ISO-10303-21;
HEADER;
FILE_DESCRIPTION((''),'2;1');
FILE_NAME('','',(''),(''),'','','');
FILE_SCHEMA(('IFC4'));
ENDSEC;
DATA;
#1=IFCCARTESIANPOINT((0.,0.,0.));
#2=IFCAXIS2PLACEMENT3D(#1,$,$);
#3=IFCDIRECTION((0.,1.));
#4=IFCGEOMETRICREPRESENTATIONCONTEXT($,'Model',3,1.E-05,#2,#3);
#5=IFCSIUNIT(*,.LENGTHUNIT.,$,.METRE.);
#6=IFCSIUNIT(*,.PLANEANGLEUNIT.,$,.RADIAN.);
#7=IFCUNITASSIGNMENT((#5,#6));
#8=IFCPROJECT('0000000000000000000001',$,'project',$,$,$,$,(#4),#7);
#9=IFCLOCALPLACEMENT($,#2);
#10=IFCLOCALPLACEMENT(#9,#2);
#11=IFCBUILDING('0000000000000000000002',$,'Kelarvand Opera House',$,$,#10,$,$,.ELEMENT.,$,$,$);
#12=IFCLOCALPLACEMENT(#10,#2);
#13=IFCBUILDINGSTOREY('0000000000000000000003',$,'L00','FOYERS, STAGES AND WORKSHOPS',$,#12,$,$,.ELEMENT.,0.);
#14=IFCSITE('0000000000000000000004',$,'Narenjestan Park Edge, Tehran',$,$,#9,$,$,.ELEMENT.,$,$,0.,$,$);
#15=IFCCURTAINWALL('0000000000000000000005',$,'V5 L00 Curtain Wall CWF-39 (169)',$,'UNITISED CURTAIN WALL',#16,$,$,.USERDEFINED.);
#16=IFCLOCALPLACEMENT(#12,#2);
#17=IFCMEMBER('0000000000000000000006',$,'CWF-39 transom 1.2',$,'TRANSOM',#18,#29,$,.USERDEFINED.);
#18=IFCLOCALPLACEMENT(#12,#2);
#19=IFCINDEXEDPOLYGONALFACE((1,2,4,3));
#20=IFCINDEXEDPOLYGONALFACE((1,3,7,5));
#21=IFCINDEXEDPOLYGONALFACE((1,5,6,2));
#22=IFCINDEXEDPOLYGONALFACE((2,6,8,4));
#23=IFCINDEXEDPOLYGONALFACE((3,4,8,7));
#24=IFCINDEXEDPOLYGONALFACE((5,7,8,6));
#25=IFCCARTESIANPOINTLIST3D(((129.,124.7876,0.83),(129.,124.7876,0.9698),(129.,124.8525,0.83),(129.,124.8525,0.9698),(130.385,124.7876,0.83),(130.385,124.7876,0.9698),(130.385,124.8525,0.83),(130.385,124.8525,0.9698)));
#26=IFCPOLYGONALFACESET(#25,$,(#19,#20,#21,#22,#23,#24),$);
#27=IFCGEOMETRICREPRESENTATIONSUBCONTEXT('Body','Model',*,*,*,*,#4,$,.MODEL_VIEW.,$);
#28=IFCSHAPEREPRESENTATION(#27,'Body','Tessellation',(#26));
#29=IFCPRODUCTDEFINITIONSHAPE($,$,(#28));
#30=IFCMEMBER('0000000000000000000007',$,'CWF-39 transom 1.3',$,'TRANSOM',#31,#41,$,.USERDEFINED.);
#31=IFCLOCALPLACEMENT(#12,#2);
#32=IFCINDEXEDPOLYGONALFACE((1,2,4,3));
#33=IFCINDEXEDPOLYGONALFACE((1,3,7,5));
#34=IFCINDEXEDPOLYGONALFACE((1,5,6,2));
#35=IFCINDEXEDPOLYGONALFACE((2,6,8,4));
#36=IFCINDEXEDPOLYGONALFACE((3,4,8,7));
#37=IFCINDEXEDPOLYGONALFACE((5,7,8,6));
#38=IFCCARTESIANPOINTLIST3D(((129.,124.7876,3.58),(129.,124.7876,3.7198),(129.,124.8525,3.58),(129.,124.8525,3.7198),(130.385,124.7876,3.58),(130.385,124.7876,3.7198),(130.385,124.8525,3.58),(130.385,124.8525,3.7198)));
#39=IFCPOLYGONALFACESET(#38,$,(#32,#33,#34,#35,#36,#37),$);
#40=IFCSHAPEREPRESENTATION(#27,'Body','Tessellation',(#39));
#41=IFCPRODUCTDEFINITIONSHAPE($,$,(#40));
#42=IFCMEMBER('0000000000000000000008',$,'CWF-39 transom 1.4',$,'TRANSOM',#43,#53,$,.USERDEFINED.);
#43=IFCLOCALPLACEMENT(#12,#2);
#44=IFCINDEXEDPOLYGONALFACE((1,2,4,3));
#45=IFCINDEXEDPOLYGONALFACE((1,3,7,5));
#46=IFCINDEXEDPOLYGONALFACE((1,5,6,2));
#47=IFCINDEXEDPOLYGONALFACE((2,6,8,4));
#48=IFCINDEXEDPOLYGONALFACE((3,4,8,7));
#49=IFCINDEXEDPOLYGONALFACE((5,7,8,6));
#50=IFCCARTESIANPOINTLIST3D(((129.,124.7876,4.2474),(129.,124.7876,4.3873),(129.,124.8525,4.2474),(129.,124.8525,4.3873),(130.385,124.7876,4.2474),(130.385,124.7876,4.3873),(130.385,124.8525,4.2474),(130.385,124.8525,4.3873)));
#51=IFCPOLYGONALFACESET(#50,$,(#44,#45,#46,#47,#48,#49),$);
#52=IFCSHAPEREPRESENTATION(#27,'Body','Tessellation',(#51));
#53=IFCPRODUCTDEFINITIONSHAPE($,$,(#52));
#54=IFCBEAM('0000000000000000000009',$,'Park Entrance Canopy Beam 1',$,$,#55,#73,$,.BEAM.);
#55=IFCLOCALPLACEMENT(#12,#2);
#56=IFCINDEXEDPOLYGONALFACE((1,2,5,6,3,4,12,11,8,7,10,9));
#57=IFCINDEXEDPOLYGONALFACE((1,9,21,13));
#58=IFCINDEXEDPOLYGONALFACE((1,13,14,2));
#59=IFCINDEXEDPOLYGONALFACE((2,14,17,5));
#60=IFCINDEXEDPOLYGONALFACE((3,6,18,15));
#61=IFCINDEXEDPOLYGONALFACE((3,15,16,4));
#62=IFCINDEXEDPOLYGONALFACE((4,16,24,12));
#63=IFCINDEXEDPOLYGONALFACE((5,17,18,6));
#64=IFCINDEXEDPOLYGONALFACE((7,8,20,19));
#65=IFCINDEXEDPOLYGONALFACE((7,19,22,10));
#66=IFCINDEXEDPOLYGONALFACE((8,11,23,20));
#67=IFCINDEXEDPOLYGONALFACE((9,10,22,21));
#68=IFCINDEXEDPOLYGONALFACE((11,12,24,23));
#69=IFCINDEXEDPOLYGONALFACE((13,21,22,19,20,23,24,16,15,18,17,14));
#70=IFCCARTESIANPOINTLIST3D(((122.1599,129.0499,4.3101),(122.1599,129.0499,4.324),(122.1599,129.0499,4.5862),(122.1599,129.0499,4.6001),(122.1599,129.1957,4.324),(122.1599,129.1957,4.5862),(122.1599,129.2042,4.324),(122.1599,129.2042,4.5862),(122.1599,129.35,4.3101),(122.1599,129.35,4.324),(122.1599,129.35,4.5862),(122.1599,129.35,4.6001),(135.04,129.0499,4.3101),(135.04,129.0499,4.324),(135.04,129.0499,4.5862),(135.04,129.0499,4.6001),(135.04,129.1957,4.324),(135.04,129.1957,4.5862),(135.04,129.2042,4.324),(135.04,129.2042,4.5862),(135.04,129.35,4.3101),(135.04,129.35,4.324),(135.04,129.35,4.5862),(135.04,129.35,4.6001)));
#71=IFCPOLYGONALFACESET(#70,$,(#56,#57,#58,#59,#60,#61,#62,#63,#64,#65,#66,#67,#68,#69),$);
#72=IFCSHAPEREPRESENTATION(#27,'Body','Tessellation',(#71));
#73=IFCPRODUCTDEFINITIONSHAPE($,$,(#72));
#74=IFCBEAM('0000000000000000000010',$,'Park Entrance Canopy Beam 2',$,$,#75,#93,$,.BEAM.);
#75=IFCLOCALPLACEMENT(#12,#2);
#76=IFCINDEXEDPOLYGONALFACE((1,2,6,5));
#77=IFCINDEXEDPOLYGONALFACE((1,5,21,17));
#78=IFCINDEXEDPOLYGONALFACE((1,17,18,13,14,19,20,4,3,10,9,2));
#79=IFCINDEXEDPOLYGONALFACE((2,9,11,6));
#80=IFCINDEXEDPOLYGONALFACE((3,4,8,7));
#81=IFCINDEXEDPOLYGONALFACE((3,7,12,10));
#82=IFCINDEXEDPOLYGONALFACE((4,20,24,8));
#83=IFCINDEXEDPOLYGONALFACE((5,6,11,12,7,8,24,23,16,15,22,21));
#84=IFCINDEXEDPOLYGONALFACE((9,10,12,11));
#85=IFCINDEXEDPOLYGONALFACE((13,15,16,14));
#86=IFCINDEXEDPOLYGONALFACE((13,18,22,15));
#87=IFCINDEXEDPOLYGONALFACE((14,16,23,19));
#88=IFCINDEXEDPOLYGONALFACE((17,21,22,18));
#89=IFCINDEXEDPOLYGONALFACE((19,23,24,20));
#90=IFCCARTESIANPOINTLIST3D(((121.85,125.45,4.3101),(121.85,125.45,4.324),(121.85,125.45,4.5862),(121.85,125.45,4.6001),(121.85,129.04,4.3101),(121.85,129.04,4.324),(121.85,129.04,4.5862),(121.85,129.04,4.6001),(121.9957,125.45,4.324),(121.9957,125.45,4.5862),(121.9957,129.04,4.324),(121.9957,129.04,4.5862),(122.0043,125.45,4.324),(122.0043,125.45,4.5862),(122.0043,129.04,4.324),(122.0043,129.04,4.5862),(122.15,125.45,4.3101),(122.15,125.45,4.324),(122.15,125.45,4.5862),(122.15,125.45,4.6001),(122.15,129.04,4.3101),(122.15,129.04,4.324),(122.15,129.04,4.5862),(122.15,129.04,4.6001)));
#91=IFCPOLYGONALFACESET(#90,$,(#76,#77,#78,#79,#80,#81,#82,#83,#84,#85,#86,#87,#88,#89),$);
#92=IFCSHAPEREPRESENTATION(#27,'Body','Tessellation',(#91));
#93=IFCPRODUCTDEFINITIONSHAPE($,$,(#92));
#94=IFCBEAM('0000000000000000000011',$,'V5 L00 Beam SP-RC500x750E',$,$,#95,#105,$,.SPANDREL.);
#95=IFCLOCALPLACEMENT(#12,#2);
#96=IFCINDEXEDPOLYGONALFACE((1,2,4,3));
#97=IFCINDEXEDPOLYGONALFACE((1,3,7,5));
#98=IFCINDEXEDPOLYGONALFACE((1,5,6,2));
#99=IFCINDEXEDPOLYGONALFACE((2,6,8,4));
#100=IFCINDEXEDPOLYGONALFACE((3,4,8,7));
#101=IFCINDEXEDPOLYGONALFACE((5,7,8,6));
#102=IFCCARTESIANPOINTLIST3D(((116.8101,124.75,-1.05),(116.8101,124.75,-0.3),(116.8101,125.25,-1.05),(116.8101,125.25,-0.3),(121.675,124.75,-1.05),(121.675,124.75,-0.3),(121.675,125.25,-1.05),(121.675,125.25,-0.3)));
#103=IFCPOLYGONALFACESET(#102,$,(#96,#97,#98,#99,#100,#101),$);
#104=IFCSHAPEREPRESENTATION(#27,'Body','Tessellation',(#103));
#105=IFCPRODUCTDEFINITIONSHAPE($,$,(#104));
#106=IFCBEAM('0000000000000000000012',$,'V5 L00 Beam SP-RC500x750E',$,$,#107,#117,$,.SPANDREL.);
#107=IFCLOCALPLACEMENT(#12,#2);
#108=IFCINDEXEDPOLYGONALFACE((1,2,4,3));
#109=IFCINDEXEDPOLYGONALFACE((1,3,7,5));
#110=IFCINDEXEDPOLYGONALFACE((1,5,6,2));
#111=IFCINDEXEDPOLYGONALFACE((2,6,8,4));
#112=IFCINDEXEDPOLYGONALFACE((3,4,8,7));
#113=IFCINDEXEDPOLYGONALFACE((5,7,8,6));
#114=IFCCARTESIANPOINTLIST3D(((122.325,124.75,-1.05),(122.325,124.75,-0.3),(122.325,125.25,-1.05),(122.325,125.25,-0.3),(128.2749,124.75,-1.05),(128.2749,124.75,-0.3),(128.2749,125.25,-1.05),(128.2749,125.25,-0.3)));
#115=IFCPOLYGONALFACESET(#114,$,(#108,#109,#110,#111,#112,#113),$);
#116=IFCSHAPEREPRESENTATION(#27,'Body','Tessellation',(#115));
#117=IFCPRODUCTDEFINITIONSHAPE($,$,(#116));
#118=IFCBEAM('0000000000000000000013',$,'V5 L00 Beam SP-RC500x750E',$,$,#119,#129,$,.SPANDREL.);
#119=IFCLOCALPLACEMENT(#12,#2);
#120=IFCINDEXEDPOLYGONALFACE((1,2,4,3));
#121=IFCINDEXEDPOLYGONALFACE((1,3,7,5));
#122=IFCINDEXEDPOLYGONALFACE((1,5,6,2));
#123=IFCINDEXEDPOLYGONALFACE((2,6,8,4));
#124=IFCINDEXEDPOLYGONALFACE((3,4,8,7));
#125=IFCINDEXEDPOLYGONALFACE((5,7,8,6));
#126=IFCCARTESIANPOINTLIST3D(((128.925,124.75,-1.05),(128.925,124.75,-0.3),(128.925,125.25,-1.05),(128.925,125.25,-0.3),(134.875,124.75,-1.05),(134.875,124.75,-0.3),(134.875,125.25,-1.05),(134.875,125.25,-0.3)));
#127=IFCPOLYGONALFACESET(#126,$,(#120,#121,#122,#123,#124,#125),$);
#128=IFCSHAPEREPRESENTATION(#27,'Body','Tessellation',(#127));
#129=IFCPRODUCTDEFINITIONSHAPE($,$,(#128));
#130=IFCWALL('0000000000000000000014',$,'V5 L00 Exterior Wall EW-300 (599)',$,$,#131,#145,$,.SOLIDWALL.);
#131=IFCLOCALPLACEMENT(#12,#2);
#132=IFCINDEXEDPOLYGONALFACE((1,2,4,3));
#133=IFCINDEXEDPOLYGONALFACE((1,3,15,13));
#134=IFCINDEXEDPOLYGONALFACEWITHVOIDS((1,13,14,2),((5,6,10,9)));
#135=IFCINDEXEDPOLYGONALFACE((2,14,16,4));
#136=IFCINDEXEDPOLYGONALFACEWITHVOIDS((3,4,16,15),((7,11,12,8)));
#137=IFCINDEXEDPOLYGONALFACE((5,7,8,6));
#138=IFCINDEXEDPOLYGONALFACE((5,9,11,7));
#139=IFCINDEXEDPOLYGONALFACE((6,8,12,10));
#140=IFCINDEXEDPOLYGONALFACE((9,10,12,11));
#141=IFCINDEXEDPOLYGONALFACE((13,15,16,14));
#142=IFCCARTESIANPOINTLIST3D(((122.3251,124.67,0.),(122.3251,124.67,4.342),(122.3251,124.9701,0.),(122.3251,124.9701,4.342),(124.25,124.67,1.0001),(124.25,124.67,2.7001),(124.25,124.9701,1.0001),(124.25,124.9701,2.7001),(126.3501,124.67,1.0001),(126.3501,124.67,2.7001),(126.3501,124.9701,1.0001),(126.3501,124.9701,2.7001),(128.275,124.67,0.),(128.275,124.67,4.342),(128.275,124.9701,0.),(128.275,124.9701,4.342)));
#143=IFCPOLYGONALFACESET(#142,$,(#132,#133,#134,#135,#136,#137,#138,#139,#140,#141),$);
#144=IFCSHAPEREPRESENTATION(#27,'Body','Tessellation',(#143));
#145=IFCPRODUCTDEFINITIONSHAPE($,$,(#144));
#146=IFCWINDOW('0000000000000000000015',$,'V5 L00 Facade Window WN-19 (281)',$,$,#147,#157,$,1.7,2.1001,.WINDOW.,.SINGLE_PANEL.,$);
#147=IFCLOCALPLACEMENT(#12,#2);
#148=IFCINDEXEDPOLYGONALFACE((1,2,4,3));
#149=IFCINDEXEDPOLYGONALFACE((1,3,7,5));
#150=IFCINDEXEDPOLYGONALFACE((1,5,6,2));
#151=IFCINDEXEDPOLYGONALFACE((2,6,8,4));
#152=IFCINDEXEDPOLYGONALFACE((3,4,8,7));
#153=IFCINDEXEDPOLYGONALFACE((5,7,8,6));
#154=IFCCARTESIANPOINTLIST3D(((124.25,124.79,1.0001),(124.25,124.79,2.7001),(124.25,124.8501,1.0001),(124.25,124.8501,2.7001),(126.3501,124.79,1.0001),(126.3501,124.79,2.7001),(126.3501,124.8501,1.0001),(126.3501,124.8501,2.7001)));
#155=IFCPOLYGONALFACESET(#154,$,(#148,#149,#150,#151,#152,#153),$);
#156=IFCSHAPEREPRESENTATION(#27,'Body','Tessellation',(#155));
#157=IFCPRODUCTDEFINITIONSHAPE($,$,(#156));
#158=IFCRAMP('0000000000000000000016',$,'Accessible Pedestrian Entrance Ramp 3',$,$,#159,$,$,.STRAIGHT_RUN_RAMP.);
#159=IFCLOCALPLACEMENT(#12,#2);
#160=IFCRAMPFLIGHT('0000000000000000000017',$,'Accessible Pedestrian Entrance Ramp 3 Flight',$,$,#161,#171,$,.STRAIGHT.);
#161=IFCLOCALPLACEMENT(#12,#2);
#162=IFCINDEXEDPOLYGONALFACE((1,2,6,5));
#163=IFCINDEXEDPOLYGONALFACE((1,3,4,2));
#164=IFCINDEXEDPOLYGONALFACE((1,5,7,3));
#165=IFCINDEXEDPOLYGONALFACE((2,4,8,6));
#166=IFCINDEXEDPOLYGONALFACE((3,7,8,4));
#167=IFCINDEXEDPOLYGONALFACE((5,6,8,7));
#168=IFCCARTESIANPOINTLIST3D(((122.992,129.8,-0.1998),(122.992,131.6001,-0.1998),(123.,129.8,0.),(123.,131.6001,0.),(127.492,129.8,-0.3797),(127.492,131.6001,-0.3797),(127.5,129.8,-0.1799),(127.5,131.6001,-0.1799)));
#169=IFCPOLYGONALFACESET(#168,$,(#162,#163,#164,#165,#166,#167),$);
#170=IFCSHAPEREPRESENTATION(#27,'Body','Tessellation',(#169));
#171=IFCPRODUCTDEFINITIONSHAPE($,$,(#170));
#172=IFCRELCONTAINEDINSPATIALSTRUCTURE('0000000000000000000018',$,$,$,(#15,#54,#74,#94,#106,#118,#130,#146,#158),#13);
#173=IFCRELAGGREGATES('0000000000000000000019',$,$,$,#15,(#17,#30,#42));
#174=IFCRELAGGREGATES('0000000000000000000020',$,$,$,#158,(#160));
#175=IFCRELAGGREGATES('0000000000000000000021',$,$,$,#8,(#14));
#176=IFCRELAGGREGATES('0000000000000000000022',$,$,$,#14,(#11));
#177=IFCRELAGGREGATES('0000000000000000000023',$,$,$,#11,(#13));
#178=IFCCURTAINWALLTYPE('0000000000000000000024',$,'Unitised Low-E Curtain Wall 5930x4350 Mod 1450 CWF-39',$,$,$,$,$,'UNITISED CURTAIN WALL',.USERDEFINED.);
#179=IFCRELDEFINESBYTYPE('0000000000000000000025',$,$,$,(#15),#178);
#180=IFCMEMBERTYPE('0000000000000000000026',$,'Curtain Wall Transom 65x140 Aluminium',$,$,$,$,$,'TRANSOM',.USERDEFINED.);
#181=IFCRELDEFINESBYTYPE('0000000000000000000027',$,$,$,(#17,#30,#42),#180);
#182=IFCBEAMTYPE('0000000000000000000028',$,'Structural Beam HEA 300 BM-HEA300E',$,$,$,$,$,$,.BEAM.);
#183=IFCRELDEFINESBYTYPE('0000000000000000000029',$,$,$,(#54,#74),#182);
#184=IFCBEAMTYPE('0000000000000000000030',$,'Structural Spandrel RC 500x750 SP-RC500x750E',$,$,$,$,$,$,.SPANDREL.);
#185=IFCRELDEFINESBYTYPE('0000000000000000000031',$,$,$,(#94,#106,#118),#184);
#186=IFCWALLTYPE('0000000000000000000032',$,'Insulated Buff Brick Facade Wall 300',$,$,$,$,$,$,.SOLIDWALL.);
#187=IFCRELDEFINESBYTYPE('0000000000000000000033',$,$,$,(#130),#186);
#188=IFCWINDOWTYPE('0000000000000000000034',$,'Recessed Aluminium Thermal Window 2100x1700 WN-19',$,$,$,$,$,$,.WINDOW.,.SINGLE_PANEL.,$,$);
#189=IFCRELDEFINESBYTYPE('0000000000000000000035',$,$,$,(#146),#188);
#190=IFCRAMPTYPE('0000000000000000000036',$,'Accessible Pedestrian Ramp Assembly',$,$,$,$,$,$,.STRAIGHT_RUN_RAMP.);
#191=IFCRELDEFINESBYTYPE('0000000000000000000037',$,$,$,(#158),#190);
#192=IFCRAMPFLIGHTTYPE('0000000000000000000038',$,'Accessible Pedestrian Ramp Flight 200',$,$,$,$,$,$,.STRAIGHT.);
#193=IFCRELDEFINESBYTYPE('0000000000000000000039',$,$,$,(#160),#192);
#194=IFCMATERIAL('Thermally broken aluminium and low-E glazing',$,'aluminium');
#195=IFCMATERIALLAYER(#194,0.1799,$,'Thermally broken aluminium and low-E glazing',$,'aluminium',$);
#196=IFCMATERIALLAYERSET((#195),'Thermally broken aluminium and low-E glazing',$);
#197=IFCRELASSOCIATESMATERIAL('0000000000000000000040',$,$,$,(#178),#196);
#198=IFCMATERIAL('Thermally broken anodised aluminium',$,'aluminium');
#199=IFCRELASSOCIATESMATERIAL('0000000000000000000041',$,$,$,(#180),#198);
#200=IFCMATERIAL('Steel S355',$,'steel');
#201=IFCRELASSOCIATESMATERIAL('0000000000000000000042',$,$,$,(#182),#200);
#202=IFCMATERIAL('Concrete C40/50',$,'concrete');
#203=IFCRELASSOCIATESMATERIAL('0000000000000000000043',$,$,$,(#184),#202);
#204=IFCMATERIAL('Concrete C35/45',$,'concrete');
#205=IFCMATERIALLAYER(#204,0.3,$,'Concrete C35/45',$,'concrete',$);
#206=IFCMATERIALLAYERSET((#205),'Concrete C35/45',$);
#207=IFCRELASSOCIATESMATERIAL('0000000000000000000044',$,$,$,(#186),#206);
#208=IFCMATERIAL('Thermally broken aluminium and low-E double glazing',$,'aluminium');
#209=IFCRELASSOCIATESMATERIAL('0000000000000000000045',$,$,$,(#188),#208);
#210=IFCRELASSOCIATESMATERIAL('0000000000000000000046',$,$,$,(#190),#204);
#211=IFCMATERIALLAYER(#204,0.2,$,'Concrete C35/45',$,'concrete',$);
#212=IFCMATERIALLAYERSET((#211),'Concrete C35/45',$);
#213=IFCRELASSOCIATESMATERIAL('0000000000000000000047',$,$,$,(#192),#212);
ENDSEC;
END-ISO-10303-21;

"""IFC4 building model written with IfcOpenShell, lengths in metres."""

from ifc_helpers import new_model, si_unit, direction, frame, frame_2d, origin, origin_2d, place, context, subcontext, project, spatial, polyline, rectangle, i_section, outline, extrude, material, layer, layer_set, material_profile, profile_set, type_object, element, fill, aggregate, save


model = new_model("IFC4")

# Units and contexts
model_context = context("Model", 3, precision=1e-05, world=origin(), true_north=direction((0.0, 1.0)))
body_context = subcontext(model_context, "Body", "Model", "MODEL_VIEW")
ifc_project = project(units=[si_unit("LENGTHUNIT", "METRE"), si_unit("PLANEANGLEUNIT", "RADIAN")], contexts=[model_context])

# Site, building, storey
site_placement = place(None, origin())
site = spatial("IfcSite", under=ifc_project, at=site_placement, Name="Narenjestan Park Edge, Tehran", CompositionType="ELEMENT", RefElevation=0.0)
building_placement = place(site_placement, origin())
building = spatial("IfcBuilding", under=site, at=building_placement, Name="Kelarvand Opera House", CompositionType="ELEMENT")
storey_placement = place(building_placement, origin())
storey = spatial("IfcBuildingStorey", under=building, at=storey_placement, Name="L00", Description="FOYERS, STAGES AND WORKSHOPS", CompositionType="ELEMENT", Elevation=0.0)

# Shared definitions
ifc_material_1 = material(Name="Concrete C40/50", Category="concrete")

# Shared definitions
ifc_material_2 = material(Name="Steel S355", Category="steel")

# Curtain wall, members
ifc_material_3 = material(Name="Thermally broken aluminium and low-E glazing", Category="aluminium")
ifc_layer_1 = layer(ifc_material_3, 0.1799, Name="Thermally broken aluminium and low-E glazing", Category="aluminium")
ifc_layer_set_1 = layer_set([ifc_layer_1], Name="Thermally broken aluminium and low-E glazing")
curtain_wall_type = type_object("IfcCurtainWallType", Name="Unitised Low-E Curtain Wall 5930x4350 Mod 1450 CWF-39", ElementType="UNITISED CURTAIN WALL", PredefinedType="USERDEFINED", material=ifc_layer_set_1)
curtain_wall_placement = place(storey_placement, origin())
curtain_wall = element("IfcCurtainWall", 1, at=curtain_wall_placement, inside=storey, type_object=curtain_wall_type, Name="V5 L00 Curtain Wall CWF-39 (169)", ObjectType="UNITISED CURTAIN WALL", PredefinedType="USERDEFINED")
ifc_material_4 = material(Name="Thermally broken anodised aluminium", Category="aluminium")
ifc_material_profile_1 = material_profile(ifc_material_4, rectangle(XDim=0.0649, YDim=0.1399, at=origin_2d()), Name="ALU TRANSOM 65x140", Category="aluminium")
ifc_profile_set_1 = profile_set([ifc_material_profile_1], Name="Thermally broken anodised aluminium")
member_type_1 = type_object("IfcMemberType", Name="Curtain Wall Transom 65x140 Aluminium", ElementType="TRANSOM", PredefinedType="USERDEFINED", material=ifc_profile_set_1)
member_1_placement = place(storey_placement, frame((129.0, 124.8201, 0.8999), z_axis=(1.0, 0.0, 0.0), x_axis=(0.0, 1.0, 0.0)))
member_1 = element("IfcMember", 2, at=member_1_placement, type_object=member_type_1, Name="CWF-39 transom 1.2", ObjectType="TRANSOM", PredefinedType="USERDEFINED", context=body_context, shape_type="SweptSolid", body=[
    extrude(rectangle(XDim=0.0649, YDim=0.1399, at=origin_2d()), origin(), (0.0, 0.0, 1.0), 1.385),
])
member_2_placement = place(storey_placement, frame((129.0, 124.8201, 3.6499), z_axis=(1.0, 0.0, 0.0), x_axis=(0.0, 1.0, 0.0)))
member_2 = element("IfcMember", 3, at=member_2_placement, type_object=member_type_1, Name="CWF-39 transom 1.3", ObjectType="TRANSOM", PredefinedType="USERDEFINED", context=body_context, shape_type="SweptSolid", body=[
    extrude(rectangle(XDim=0.0649, YDim=0.1399, at=origin_2d()), origin(), (0.0, 0.0, 1.0), 1.385),
])
member_3_placement = place(storey_placement, frame((129.0, 124.8201, 4.3174), z_axis=(1.0, 0.0, 0.0), x_axis=(0.0, 1.0, 0.0)))
member_3 = element("IfcMember", 4, at=member_3_placement, type_object=member_type_1, Name="CWF-39 transom 1.4", ObjectType="TRANSOM", PredefinedType="USERDEFINED", context=body_context, shape_type="SweptSolid", body=[
    extrude(rectangle(XDim=0.0649, YDim=0.1399, at=origin_2d()), origin(), (0.0, 0.0, 1.0), 1.385),
])
aggregate(curtain_wall, [member_1, member_2, member_3])

# Beams
ifc_material_profile_2 = material_profile(ifc_material_2, i_section(OverallWidth=0.3, OverallDepth=0.29, WebThickness=0.0085, FlangeThickness=0.0139, at=origin_2d()), Name="HEA 300", Category="steel")
ifc_profile_set_2 = profile_set([ifc_material_profile_2], Name="Steel S355")
beam_type_1 = type_object("IfcBeamType", Name="Structural Beam HEA 300 BM-HEA300E", PredefinedType="BEAM", material=ifc_profile_set_2)
beam_1_placement = place(storey_placement, frame((122.1599, 129.2, 4.4551), z_axis=(1.0, 0.0, 0.0), x_axis=(0.0, 1.0, 0.0)))
element("IfcBeam", 5, at=beam_1_placement, inside=storey, type_object=beam_type_1, Name="Park Entrance Canopy Beam 1", PredefinedType="BEAM", context=body_context, shape_type="SweptSolid", body=[
    extrude(i_section(OverallWidth=0.3, OverallDepth=0.29, WebThickness=0.0085, FlangeThickness=0.0139, at=origin_2d()), origin(), (0.0, 0.0, 1.0), 12.8801),
])
beam_2_placement = place(storey_placement, frame((122.0, 125.45, 4.4551), z_axis=(0.0, 1.0, 0.0), x_axis=(-1.0, 0.0, 0.0)))
element("IfcBeam", 6, at=beam_2_placement, inside=storey, type_object=beam_type_1, Name="Park Entrance Canopy Beam 2", PredefinedType="BEAM", context=body_context, shape_type="SweptSolid", body=[
    extrude(i_section(OverallWidth=0.3, OverallDepth=0.29, WebThickness=0.0085, FlangeThickness=0.0139, at=origin_2d()), origin(), (0.0, 0.0, 1.0), 3.5901),
])
ifc_material_profile_3 = material_profile(ifc_material_1, rectangle(XDim=0.5, YDim=0.75, at=origin_2d()), Name="RC 500x750", Category="concrete")
ifc_profile_set_3 = profile_set([ifc_material_profile_3], Name="Concrete C40/50")
beam_type_2 = type_object("IfcBeamType", Name="Structural Spandrel RC 500x750 SP-RC500x750E", PredefinedType="SPANDREL", material=ifc_profile_set_3)
beam_3_placement = place(storey_placement, frame((116.8101, 125.0, -0.675), z_axis=(1.0, 0.0, 0.0), x_axis=(0.0, 1.0, 0.0)))
element("IfcBeam", 7, at=beam_3_placement, inside=storey, type_object=beam_type_2, Name="V5 L00 Beam SP-RC500x750E", PredefinedType="SPANDREL", context=body_context, shape_type="SweptSolid", body=[
    extrude(rectangle(XDim=0.5, YDim=0.75, at=origin_2d()), origin(), (0.0, 0.0, 1.0), 4.865),
])
for number, where, z_axis, x_axis, name in (
    (8, (122.325, 125.0, -0.675), (1.0, 0.0, 0.0), (0.0, 1.0, 0.0), "V5 L00 Beam SP-RC500x750E"),
    (9, (128.925, 125.0, -0.675), (1.0, 0.0, 0.0), (0.0, 1.0, 0.0), "V5 L00 Beam SP-RC500x750E"),
):
    element("IfcBeam", number, at=place(storey_placement, frame(where, z_axis=z_axis, x_axis=x_axis)), inside=storey, type_object=beam_type_2, Name=name, PredefinedType="SPANDREL", context=body_context, shape_type="SweptSolid", body=[
        extrude(rectangle(XDim=0.5, YDim=0.75, at=origin_2d()), origin(), (0.0, 0.0, 1.0), 5.95),
    ])

# Shared definitions
ifc_material_5 = material(Name="Concrete C35/45", Category="concrete")
ifc_layer_2 = layer(ifc_material_5, 0.3, Name="Concrete C35/45", Category="concrete")
ifc_layer_set_2 = layer_set([ifc_layer_2], Name="Concrete C35/45")
wall_type = type_object("IfcWallType", Name="Insulated Buff Brick Facade Wall 300", PredefinedType="SOLIDWALL", material=ifc_layer_set_2)

# Wall, opening, window
wall_1_placement = place(storey_placement, frame((122.325, 124.8201, 0.0), z_axis=(0.0, 0.0, 1.0), x_axis=(1.0, 0.0, 0.0)))
wall_1 = element("IfcWall", 10, at=wall_1_placement, inside=storey, type_object=wall_type, Name="V5 L00 Exterior Wall EW-300 (599)", PredefinedType="SOLIDWALL", context=body_context, shape_type="SweptSolid", body=[
    extrude(rectangle(XDim=5.95, YDim=0.3, at=frame_2d((2.9751, 0.0))), origin(), (0.0, 0.0, 1.0), 4.342),
])
opening_1_placement = place(wall_1_placement, frame((1.925, 0.0, 1.0)))
opening_1 = element("IfcOpeningElement", 11, at=opening_1_placement, cuts=wall_1, PredefinedType="OPENING", context=body_context, shape_type="SweptSolid", body=[
    extrude(rectangle(XDim=2.1001, YDim=1.7, at=frame_2d((1.05, 0.8501))), frame((0.0, 0.1602, 0.0), z_axis=(0.0, -1.0, 0.0), x_axis=(1.0, 0.0, 0.0)), (0.0, 0.0, 1.0), 0.3201),
])
ifc_material_6 = material(Name="Thermally broken aluminium and low-E double glazing", Category="aluminium")
window_type = type_object("IfcWindowType", Name="Recessed Aluminium Thermal Window 2100x1700 WN-19", PartitioningType="SINGLE_PANEL", PredefinedType="WINDOW", material=ifc_material_6)
window_placement = place(opening_1_placement, origin())
window = element("IfcWindow", 12, at=window_placement, inside=storey, type_object=window_type, Name="V5 L00 Facade Window WN-19 (281)", OverallHeight=1.7, OverallWidth=2.1001, PartitioningType="SINGLE_PANEL", PredefinedType="WINDOW", context=body_context, shape_type="SweptSolid", body=[
    extrude(rectangle(XDim=2.1001, YDim=1.7, at=frame_2d((1.05, 0.8501))), frame((0.0, 0.03, 0.0), z_axis=(0.0, -1.0, 0.0), x_axis=(1.0, 0.0, 0.0)), (0.0, 0.0, 1.0), 0.0601),
])
fill(opening_1, window)

# Ramp, ramp flight
ramp_type = type_object("IfcRampType", Name="Accessible Pedestrian Ramp Assembly", PredefinedType="STRAIGHT_RUN_RAMP", material=ifc_material_5)
ramp_placement = place(storey_placement, origin())
ramp = element("IfcRamp", 13, at=ramp_placement, inside=storey, type_object=ramp_type, Name="Accessible Pedestrian Entrance Ramp 3", PredefinedType="STRAIGHT_RUN_RAMP")
ifc_layer_3 = layer(ifc_material_5, 0.2, Name="Concrete C35/45", Category="concrete")
ifc_layer_set_3 = layer_set([ifc_layer_3], Name="Concrete C35/45")
ramp_flight_type = type_object("IfcRampFlightType", Name="Accessible Pedestrian Ramp Flight 200", PredefinedType="STRAIGHT", material=ifc_layer_set_3)
ramp_flight_placement = place(storey_placement, frame((123.0, 129.8, 0.0), z_axis=(0.039953, 0.0, 0.999202), x_axis=(0.999202, 0.0, -0.039953)))
ramp_flight = element("IfcRampFlight", 14, at=ramp_flight_placement, type_object=ramp_flight_type, Name="Accessible Pedestrian Entrance Ramp 3 Flight", PredefinedType="STRAIGHT", context=body_context, shape_type="SweptSolid", body=[
    extrude(outline(polyline([(0.0, 0.0), (4.5036, 0.0), (4.5036, 1.8), (0.0, 1.8), (0.0, 0.0)])), origin(), (0.0, 0.0, -1.0), 0.2),
])
aggregate(ramp, [ramp_flight])

save(model, "model.ifc")
